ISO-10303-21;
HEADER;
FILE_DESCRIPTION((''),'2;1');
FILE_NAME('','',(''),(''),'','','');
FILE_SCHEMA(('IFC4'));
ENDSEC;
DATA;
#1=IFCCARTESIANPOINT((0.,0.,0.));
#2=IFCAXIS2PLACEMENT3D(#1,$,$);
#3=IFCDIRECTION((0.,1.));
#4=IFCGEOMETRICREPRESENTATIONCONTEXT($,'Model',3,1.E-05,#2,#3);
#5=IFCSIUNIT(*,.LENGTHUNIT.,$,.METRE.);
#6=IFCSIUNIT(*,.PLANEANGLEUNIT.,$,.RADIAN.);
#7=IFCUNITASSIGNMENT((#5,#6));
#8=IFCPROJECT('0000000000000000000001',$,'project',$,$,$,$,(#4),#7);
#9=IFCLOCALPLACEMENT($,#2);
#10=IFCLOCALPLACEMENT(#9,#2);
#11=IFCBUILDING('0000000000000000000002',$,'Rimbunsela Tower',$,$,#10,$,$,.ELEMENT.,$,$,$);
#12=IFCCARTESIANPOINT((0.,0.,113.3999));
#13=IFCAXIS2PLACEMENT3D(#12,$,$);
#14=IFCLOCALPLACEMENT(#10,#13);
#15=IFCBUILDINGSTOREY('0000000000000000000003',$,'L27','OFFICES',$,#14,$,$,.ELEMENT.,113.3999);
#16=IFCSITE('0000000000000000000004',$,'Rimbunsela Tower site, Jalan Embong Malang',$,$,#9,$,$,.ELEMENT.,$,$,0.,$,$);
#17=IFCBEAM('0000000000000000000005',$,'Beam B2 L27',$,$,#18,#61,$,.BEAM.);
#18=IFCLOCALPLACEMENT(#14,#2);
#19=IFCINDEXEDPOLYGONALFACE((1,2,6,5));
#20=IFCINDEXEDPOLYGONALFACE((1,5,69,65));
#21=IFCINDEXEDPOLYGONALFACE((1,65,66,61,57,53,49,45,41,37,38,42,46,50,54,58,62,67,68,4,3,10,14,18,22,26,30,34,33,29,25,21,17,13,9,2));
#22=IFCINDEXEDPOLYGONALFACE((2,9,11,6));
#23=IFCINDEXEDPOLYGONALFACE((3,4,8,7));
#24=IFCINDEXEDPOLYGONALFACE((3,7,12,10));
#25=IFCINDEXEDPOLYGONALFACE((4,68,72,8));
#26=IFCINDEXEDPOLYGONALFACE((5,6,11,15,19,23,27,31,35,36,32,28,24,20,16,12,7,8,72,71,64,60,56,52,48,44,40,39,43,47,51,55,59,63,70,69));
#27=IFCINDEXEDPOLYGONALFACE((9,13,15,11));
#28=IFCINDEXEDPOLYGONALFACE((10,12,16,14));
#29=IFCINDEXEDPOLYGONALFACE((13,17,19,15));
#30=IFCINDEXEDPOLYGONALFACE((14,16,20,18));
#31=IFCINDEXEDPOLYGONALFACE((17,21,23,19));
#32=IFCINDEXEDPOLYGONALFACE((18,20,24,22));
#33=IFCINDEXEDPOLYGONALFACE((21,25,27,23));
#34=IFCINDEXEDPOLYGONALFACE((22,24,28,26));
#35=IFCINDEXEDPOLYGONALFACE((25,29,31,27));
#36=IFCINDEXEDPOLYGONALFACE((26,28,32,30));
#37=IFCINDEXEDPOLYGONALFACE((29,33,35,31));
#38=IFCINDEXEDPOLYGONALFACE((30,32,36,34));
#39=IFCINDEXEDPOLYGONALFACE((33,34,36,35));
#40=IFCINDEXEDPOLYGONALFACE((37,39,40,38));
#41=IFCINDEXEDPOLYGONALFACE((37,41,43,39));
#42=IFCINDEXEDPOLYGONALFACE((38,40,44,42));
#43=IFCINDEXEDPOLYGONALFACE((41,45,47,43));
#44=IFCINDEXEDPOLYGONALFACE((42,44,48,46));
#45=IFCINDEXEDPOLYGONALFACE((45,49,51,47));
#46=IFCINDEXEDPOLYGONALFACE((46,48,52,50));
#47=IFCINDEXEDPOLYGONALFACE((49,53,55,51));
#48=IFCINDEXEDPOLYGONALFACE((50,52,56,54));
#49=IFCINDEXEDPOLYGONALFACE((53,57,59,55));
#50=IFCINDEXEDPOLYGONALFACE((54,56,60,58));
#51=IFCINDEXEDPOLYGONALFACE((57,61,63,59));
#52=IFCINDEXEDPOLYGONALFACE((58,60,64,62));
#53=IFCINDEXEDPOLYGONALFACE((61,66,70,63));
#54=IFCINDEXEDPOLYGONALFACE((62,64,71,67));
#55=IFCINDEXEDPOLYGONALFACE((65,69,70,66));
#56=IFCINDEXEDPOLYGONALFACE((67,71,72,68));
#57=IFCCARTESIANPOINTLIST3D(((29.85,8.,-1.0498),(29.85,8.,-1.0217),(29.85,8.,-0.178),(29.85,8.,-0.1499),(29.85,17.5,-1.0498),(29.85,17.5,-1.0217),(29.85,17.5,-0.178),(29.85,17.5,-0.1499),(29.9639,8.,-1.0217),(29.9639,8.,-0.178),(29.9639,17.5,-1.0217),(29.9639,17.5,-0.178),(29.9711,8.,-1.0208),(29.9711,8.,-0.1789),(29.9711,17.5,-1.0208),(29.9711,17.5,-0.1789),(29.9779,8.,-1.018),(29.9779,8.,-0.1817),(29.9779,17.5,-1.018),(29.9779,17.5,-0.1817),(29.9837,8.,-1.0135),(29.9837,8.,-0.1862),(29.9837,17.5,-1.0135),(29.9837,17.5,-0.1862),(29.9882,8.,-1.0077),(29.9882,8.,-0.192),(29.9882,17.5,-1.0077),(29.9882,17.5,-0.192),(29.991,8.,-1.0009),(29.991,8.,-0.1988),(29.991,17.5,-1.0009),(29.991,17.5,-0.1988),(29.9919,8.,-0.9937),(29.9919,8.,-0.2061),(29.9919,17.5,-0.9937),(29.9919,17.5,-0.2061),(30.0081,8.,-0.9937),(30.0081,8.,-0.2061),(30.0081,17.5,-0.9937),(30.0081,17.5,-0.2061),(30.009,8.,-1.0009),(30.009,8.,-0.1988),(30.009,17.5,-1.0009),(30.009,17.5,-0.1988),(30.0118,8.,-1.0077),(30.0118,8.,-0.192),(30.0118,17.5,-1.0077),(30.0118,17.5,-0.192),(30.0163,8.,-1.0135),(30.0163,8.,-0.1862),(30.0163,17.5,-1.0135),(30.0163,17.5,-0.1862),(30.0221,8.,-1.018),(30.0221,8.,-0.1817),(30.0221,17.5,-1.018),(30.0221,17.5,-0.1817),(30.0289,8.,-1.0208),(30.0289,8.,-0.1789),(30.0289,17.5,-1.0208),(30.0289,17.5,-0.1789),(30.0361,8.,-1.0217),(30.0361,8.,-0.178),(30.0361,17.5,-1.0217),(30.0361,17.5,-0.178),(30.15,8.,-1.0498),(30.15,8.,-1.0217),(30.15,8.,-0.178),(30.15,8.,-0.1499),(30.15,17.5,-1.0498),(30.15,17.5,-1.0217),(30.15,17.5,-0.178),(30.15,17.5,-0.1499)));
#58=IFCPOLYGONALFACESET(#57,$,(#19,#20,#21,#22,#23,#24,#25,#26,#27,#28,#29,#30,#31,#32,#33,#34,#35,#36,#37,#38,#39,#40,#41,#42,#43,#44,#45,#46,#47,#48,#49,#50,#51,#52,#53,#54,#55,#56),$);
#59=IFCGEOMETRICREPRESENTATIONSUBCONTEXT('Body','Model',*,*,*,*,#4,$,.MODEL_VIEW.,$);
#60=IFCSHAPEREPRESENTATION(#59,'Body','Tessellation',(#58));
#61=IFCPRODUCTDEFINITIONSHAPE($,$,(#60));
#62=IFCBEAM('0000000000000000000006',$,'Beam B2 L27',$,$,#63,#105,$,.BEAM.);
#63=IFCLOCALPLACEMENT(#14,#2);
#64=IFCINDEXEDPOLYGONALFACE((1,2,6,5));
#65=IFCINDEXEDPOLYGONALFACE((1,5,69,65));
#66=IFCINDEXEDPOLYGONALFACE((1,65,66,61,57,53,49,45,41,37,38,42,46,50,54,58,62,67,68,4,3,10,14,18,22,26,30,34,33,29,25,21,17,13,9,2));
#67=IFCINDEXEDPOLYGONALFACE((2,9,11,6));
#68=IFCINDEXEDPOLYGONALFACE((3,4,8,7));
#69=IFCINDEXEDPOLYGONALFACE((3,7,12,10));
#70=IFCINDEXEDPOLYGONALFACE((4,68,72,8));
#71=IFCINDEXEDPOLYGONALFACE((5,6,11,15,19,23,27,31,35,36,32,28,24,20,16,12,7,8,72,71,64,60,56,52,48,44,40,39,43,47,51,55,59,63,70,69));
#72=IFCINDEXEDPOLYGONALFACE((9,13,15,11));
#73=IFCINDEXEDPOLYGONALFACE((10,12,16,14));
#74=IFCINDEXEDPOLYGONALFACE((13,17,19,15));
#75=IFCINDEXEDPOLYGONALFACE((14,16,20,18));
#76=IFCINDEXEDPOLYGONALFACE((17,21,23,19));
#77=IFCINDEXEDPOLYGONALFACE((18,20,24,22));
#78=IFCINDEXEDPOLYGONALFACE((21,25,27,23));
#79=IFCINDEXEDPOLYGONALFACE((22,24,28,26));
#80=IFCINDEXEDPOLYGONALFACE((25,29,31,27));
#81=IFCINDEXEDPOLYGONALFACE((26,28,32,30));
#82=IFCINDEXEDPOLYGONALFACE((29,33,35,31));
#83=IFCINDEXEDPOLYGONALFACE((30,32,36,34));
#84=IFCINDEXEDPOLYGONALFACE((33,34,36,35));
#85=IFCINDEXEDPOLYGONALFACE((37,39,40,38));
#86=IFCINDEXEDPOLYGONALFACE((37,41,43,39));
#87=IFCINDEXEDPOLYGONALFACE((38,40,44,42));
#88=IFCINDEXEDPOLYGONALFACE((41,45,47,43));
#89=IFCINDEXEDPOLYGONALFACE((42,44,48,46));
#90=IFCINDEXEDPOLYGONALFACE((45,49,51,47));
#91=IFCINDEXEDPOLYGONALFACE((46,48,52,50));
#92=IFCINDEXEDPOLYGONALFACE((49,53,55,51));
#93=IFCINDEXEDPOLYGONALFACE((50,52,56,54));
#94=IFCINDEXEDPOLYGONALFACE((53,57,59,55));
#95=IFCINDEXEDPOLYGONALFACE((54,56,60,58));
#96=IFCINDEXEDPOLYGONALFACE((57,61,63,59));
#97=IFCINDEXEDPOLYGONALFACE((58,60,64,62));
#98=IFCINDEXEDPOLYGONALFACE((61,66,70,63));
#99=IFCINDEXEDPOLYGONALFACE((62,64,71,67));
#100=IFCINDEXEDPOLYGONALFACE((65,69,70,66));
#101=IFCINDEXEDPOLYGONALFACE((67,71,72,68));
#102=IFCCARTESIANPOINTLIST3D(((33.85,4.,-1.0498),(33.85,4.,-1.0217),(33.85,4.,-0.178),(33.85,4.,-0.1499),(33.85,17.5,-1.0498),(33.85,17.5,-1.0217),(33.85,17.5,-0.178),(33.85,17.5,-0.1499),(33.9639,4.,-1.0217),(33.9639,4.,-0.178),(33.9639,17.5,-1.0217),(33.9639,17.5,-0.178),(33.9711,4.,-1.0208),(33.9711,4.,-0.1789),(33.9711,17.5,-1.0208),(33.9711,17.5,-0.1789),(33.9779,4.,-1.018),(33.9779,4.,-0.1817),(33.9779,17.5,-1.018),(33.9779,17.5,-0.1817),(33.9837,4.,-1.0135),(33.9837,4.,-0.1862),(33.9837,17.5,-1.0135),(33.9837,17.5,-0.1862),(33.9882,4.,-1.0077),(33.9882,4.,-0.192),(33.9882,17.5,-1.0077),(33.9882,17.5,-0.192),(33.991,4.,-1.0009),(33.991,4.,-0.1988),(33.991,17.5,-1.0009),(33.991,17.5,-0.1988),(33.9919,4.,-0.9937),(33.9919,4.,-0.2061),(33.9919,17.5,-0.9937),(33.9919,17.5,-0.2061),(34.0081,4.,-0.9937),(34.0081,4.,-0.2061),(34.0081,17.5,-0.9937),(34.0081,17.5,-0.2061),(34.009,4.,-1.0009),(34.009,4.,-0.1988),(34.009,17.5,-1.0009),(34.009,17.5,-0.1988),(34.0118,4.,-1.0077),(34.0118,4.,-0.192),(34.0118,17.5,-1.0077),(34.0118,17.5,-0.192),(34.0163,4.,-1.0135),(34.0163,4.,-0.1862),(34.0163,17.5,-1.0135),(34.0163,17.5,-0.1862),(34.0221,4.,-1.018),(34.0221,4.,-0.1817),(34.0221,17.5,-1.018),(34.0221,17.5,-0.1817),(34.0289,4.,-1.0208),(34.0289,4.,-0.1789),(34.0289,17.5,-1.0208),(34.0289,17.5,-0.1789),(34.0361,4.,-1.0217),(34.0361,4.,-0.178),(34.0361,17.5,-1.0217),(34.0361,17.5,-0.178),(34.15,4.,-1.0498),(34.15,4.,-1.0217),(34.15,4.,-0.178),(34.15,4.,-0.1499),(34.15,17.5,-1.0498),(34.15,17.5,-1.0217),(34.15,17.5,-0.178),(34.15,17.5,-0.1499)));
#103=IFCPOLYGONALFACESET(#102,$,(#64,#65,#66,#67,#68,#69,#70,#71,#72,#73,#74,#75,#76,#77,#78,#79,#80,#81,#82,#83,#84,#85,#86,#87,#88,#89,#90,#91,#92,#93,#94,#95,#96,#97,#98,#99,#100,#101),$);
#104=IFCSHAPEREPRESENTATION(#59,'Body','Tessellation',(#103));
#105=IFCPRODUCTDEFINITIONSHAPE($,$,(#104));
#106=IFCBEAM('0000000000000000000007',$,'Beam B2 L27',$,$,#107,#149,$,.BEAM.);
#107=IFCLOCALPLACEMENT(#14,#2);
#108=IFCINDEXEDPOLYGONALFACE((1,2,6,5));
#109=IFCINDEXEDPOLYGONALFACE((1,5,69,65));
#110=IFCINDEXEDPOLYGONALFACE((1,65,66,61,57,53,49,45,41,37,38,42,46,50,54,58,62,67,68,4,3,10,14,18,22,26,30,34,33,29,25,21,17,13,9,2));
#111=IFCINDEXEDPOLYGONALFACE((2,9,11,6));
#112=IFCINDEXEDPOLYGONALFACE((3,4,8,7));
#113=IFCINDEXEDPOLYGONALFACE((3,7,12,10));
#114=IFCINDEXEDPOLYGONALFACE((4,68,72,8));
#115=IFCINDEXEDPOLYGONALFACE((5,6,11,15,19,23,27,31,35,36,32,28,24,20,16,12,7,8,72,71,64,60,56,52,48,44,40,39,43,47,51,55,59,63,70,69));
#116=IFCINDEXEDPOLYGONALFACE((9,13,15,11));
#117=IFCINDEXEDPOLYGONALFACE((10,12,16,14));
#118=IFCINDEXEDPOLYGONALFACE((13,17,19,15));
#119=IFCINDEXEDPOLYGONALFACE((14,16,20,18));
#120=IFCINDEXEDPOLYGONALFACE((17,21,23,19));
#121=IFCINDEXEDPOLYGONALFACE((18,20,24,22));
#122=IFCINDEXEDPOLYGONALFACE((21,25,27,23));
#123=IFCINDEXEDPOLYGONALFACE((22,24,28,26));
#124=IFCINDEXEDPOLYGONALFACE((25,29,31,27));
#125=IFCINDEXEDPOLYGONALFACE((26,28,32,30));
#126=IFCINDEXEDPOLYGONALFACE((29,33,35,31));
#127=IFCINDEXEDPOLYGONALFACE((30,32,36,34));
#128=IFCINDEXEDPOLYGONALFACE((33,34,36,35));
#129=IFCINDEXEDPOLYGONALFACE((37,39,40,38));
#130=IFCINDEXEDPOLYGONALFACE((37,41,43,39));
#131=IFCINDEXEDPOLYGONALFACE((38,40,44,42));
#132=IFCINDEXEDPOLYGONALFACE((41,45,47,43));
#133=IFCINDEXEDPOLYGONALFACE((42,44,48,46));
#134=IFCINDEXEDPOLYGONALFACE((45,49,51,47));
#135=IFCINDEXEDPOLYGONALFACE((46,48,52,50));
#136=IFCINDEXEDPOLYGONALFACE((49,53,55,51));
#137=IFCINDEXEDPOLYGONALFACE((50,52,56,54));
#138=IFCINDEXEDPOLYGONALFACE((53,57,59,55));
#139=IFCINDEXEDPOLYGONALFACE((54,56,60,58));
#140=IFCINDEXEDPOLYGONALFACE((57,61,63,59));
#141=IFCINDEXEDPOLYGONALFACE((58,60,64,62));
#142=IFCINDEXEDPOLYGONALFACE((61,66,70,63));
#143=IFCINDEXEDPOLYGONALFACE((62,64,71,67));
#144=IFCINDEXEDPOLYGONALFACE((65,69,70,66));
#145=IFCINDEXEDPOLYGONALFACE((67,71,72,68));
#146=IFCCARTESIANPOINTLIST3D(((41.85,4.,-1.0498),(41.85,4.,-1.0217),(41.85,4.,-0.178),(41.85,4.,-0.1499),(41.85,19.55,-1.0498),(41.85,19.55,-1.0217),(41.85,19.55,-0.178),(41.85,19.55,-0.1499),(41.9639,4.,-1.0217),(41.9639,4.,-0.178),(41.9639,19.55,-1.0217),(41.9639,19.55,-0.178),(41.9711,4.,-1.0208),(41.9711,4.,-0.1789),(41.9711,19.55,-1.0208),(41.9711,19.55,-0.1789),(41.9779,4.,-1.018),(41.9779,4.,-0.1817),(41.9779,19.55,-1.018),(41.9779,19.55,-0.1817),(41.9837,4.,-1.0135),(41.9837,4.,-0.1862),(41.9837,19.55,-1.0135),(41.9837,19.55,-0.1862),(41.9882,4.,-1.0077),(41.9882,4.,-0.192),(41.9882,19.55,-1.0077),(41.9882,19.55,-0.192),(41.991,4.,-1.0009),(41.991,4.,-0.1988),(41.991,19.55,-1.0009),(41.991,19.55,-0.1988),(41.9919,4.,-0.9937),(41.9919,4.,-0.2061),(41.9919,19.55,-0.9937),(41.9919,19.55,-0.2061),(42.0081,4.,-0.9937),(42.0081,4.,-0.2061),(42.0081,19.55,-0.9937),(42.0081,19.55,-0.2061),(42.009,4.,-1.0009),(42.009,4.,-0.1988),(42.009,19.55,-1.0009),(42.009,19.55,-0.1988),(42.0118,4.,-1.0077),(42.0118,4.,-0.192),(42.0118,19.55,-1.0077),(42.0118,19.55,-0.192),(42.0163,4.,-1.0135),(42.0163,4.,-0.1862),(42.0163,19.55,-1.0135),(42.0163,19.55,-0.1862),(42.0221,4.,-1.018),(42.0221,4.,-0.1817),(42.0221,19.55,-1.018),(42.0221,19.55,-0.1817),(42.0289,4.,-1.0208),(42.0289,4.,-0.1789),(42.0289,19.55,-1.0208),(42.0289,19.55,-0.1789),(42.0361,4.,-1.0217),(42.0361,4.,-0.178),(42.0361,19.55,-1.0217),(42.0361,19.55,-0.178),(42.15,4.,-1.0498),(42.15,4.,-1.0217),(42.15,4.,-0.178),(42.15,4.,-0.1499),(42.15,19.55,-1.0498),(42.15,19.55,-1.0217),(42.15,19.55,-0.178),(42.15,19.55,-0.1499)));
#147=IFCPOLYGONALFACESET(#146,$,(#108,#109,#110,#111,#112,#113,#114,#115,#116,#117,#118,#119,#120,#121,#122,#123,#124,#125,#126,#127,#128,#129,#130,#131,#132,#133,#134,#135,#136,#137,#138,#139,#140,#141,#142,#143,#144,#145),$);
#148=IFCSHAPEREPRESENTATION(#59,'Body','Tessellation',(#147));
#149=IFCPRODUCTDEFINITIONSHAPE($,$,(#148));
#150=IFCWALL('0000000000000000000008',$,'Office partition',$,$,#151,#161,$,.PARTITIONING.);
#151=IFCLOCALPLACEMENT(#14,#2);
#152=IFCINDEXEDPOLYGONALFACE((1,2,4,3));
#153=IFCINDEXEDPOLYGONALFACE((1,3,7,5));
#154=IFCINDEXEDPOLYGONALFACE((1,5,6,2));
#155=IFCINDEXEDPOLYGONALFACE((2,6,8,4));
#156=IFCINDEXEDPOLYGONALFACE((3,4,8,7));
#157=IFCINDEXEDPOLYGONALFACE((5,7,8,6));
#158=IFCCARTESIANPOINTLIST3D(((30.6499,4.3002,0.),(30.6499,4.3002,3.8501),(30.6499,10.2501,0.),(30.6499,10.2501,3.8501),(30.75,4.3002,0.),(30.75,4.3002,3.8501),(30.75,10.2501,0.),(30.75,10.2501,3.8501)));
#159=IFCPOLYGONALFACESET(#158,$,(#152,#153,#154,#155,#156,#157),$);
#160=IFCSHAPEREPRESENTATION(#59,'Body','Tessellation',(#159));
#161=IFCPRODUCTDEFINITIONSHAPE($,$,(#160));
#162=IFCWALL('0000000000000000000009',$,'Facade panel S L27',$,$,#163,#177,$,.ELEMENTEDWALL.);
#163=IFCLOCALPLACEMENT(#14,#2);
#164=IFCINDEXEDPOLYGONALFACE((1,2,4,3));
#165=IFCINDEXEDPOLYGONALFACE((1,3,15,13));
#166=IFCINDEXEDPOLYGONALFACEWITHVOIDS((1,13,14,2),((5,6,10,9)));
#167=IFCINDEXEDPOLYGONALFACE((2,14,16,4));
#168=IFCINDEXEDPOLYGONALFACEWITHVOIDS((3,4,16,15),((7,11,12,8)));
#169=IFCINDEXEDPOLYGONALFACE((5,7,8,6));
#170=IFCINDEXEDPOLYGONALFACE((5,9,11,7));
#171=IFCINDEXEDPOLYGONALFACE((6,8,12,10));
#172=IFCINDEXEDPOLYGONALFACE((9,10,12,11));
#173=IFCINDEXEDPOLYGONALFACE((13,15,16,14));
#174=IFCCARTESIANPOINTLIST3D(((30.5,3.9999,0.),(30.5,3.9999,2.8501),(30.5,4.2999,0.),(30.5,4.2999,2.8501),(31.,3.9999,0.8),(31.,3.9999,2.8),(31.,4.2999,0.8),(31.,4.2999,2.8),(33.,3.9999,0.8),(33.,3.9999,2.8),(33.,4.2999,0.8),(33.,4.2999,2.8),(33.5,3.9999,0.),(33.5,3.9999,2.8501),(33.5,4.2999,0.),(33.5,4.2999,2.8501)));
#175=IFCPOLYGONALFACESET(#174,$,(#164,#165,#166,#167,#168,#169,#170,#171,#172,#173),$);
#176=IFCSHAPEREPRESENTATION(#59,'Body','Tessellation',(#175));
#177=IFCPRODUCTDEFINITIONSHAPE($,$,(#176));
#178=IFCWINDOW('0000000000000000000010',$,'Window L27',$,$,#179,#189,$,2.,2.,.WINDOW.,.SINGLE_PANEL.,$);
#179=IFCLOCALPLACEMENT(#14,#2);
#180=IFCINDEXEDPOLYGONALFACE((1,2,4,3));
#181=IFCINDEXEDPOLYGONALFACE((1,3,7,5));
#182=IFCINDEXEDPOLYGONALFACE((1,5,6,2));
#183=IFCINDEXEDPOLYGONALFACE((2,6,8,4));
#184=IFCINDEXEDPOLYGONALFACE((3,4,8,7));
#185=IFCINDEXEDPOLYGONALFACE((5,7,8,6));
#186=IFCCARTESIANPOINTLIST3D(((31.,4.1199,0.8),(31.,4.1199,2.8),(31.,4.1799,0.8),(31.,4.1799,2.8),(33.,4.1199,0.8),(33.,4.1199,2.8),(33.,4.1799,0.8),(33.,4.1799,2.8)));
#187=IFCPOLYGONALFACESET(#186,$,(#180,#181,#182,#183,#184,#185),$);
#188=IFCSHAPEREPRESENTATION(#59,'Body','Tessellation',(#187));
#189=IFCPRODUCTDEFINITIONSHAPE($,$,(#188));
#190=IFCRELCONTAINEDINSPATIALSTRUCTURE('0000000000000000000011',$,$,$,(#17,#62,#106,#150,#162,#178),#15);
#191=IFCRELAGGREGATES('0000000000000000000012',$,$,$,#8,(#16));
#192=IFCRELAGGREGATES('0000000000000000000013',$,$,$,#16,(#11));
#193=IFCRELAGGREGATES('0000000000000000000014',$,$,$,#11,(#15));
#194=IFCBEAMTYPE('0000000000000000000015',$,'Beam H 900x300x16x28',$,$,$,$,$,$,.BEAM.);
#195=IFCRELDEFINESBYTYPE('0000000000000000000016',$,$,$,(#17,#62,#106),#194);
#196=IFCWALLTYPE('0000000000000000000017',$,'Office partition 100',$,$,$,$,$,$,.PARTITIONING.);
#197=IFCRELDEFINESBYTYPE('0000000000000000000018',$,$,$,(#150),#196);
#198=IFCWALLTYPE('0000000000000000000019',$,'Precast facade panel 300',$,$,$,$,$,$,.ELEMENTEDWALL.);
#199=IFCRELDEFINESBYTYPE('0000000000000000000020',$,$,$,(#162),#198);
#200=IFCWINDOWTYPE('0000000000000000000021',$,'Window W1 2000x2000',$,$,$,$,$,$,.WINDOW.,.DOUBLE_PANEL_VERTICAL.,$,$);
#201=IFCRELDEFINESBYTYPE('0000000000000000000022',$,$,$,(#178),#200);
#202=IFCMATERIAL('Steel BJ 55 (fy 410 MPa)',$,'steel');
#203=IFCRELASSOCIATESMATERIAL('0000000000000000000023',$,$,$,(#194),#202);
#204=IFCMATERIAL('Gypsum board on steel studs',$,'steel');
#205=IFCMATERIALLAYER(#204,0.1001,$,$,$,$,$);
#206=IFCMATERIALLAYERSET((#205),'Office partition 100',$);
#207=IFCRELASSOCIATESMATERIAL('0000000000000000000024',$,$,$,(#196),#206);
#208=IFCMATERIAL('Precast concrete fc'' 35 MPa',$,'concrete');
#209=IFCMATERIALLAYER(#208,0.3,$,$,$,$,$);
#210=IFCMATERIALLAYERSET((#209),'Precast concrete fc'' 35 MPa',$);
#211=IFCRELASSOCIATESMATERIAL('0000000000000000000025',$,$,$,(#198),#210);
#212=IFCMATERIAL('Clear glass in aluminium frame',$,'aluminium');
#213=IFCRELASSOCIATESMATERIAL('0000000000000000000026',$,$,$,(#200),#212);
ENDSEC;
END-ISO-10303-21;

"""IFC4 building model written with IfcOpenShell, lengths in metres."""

from ifc_helpers import new_model, si_unit, direction, frame, frame_2d, origin, origin_2d, place, context, subcontext, project, spatial, rectangle, i_section, extrude, material, layer, layer_set, material_profile, profile_set, type_object, element, fill, save


model = new_model("IFC4")

# Units and contexts
model_context = context("Model", 3, precision=1e-05, world=origin(), true_north=direction((0.0, 1.0)))
body_context = subcontext(model_context, "Body", "Model", "MODEL_VIEW")
ifc_project = project(units=[si_unit("LENGTHUNIT", "METRE"), si_unit("PLANEANGLEUNIT", "RADIAN")], contexts=[model_context])

# Site, building, storey
site_placement = place(None, origin())
site = spatial("IfcSite", under=ifc_project, at=site_placement, Name="Rimbunsela Tower site, Jalan Embong Malang", CompositionType="ELEMENT", RefElevation=0.0)
building_placement = place(site_placement, origin())
building = spatial("IfcBuilding", under=site, at=building_placement, Name="Rimbunsela Tower", CompositionType="ELEMENT")
storey_placement = place(building_placement, frame((0.0, 0.0, 113.3999)))
storey = spatial("IfcBuildingStorey", under=building, at=storey_placement, Name="L27", Description="OFFICES", CompositionType="ELEMENT", Elevation=113.3999)

# Beams
ifc_material_1 = material(Name="Steel BJ 55 (fy 410 MPa)", Category="steel")
ifc_material_profile_1 = material_profile(ifc_material_1, i_section(OverallWidth=0.3, OverallDepth=0.8999, WebThickness=0.0161, FlangeThickness=0.0281, FilletRadius=0.0281, at=origin_2d()), Name="H 900x300x16x28")
ifc_profile_set_1 = profile_set([ifc_material_profile_1], Name="Steel BJ 55 (fy 410 MPa)")
beam_type_1 = type_object("IfcBeamType", Name="Beam H 900x300x16x28", PredefinedType="BEAM", material=ifc_profile_set_1)
beam_1_placement = place(storey_placement, frame((30.0, 8.0, -0.5999), z_axis=(0.0, 1.0, 0.0), x_axis=(-1.0, 0.0, 0.0)))
element("IfcBeam", 1, at=beam_1_placement, inside=storey, type_object=beam_type_1, Name="Beam B2 L27", PredefinedType="BEAM", context=body_context, shape_type="SweptSolid", body=[
    extrude(i_section(OverallWidth=0.3, OverallDepth=0.8999, WebThickness=0.0161, FlangeThickness=0.0281, FilletRadius=0.0281, at=origin_2d()), origin(), (0.0, 0.0, 1.0), 9.5),
])
beam_2_placement = place(storey_placement, frame((34.0, 4.0, -0.5999), z_axis=(0.0, 1.0, 0.0), x_axis=(-1.0, 0.0, 0.0)))
element("IfcBeam", 2, at=beam_2_placement, inside=storey, type_object=beam_type_1, Name="Beam B2 L27", PredefinedType="BEAM", context=body_context, shape_type="SweptSolid", body=[
    extrude(i_section(OverallWidth=0.3, OverallDepth=0.8999, WebThickness=0.0161, FlangeThickness=0.0281, FilletRadius=0.0281, at=origin_2d()), origin(), (0.0, 0.0, 1.0), 13.5),
])
beam_3_placement = place(storey_placement, frame((42.0, 4.0, -0.5999), z_axis=(0.0, 1.0, 0.0), x_axis=(-1.0, 0.0, 0.0)))
element("IfcBeam", 3, at=beam_3_placement, inside=storey, type_object=beam_type_1, Name="Beam B2 L27", PredefinedType="BEAM", context=body_context, shape_type="SweptSolid", body=[
    extrude(i_section(OverallWidth=0.3, OverallDepth=0.8999, WebThickness=0.0161, FlangeThickness=0.0281, FilletRadius=0.0281, at=origin_2d()), origin(), (0.0, 0.0, 1.0), 15.55),
])

# Wall
ifc_material_2 = material(Name="Gypsum board on steel studs", Category="steel")
ifc_layer_1 = layer(ifc_material_2, 0.1001)
ifc_layer_set_1 = layer_set([ifc_layer_1], Name="Office partition 100")
wall_type_1 = type_object("IfcWallType", Name="Office partition 100", PredefinedType="PARTITIONING", material=ifc_layer_set_1)
wall_1_placement = place(storey_placement, frame((30.7, 4.3, 0.0), z_axis=(0.0, 0.0, 1.0), x_axis=(0.0, 1.0, 0.0)))
element("IfcWall", 4, at=wall_1_placement, inside=storey, type_object=wall_type_1, Name="Office partition", PredefinedType="PARTITIONING", context=body_context, shape_type="SweptSolid", body=[
    extrude(rectangle(XDim=5.95, YDim=0.1001, at=frame_2d((2.9751, 0.0))), origin(), (0.0, 0.0, 1.0), 3.8501),
])

# Wall, opening, window
ifc_material_3 = material(Name="Precast concrete fc' 35 MPa", Category="concrete")
ifc_layer_2 = layer(ifc_material_3, 0.3)
ifc_layer_set_2 = layer_set([ifc_layer_2], Name="Precast concrete fc' 35 MPa")
wall_type_2 = type_object("IfcWallType", Name="Precast facade panel 300", PredefinedType="ELEMENTEDWALL", material=ifc_layer_set_2)
wall_2_placement = place(storey_placement, frame((30.5, 4.1499, 0.0), z_axis=(0.0, 0.0, 1.0), x_axis=(1.0, 0.0, 0.0)))
wall_2 = element("IfcWall", 5, at=wall_2_placement, inside=storey, type_object=wall_type_2, Name="Facade panel S L27", PredefinedType="ELEMENTEDWALL", context=body_context, shape_type="SweptSolid", body=[
    extrude(rectangle(XDim=3.0, YDim=0.3, at=frame_2d((1.5, 0.0))), origin(), (0.0, 0.0, 1.0), 2.8501),
])
opening_1_placement = place(wall_2_placement, frame((0.5, 0.0, 0.8)))
opening_1 = element("IfcOpeningElement", 6, at=opening_1_placement, cuts=wall_2, PredefinedType="OPENING", context=body_context, shape_type="SweptSolid", body=[
    extrude(rectangle(XDim=2.0, YDim=2.0, at=frame_2d((1.0, 1.0))), frame((0.0, 0.1599, 0.0), z_axis=(0.0, -1.0, 0.0), x_axis=(1.0, 0.0, 0.0)), (0.0, 0.0, 1.0), 0.3201),
])
ifc_material_4 = material(Name="Clear glass in aluminium frame", Category="aluminium")
window_type = type_object("IfcWindowType", Name="Window W1 2000x2000", PartitioningType="DOUBLE_PANEL_VERTICAL", PredefinedType="WINDOW", material=ifc_material_4)
window_1_placement = place(opening_1_placement, origin())
window_1 = element("IfcWindow", 7, at=window_1_placement, inside=storey, type_object=window_type, Name="Window L27", OverallHeight=2.0, OverallWidth=2.0, PartitioningType="SINGLE_PANEL", PredefinedType="WINDOW", context=body_context, shape_type="SweptSolid", body=[
    extrude(rectangle(XDim=2.0, YDim=2.0, at=frame_2d((1.0, 1.0))), frame((0.0, 0.03, 0.0), z_axis=(0.0, -1.0, 0.0), x_axis=(1.0, 0.0, 0.0)), (0.0, 0.0, 1.0), 0.0601),
])
fill(opening_1, window_1)

save(model, "model.ifc")
